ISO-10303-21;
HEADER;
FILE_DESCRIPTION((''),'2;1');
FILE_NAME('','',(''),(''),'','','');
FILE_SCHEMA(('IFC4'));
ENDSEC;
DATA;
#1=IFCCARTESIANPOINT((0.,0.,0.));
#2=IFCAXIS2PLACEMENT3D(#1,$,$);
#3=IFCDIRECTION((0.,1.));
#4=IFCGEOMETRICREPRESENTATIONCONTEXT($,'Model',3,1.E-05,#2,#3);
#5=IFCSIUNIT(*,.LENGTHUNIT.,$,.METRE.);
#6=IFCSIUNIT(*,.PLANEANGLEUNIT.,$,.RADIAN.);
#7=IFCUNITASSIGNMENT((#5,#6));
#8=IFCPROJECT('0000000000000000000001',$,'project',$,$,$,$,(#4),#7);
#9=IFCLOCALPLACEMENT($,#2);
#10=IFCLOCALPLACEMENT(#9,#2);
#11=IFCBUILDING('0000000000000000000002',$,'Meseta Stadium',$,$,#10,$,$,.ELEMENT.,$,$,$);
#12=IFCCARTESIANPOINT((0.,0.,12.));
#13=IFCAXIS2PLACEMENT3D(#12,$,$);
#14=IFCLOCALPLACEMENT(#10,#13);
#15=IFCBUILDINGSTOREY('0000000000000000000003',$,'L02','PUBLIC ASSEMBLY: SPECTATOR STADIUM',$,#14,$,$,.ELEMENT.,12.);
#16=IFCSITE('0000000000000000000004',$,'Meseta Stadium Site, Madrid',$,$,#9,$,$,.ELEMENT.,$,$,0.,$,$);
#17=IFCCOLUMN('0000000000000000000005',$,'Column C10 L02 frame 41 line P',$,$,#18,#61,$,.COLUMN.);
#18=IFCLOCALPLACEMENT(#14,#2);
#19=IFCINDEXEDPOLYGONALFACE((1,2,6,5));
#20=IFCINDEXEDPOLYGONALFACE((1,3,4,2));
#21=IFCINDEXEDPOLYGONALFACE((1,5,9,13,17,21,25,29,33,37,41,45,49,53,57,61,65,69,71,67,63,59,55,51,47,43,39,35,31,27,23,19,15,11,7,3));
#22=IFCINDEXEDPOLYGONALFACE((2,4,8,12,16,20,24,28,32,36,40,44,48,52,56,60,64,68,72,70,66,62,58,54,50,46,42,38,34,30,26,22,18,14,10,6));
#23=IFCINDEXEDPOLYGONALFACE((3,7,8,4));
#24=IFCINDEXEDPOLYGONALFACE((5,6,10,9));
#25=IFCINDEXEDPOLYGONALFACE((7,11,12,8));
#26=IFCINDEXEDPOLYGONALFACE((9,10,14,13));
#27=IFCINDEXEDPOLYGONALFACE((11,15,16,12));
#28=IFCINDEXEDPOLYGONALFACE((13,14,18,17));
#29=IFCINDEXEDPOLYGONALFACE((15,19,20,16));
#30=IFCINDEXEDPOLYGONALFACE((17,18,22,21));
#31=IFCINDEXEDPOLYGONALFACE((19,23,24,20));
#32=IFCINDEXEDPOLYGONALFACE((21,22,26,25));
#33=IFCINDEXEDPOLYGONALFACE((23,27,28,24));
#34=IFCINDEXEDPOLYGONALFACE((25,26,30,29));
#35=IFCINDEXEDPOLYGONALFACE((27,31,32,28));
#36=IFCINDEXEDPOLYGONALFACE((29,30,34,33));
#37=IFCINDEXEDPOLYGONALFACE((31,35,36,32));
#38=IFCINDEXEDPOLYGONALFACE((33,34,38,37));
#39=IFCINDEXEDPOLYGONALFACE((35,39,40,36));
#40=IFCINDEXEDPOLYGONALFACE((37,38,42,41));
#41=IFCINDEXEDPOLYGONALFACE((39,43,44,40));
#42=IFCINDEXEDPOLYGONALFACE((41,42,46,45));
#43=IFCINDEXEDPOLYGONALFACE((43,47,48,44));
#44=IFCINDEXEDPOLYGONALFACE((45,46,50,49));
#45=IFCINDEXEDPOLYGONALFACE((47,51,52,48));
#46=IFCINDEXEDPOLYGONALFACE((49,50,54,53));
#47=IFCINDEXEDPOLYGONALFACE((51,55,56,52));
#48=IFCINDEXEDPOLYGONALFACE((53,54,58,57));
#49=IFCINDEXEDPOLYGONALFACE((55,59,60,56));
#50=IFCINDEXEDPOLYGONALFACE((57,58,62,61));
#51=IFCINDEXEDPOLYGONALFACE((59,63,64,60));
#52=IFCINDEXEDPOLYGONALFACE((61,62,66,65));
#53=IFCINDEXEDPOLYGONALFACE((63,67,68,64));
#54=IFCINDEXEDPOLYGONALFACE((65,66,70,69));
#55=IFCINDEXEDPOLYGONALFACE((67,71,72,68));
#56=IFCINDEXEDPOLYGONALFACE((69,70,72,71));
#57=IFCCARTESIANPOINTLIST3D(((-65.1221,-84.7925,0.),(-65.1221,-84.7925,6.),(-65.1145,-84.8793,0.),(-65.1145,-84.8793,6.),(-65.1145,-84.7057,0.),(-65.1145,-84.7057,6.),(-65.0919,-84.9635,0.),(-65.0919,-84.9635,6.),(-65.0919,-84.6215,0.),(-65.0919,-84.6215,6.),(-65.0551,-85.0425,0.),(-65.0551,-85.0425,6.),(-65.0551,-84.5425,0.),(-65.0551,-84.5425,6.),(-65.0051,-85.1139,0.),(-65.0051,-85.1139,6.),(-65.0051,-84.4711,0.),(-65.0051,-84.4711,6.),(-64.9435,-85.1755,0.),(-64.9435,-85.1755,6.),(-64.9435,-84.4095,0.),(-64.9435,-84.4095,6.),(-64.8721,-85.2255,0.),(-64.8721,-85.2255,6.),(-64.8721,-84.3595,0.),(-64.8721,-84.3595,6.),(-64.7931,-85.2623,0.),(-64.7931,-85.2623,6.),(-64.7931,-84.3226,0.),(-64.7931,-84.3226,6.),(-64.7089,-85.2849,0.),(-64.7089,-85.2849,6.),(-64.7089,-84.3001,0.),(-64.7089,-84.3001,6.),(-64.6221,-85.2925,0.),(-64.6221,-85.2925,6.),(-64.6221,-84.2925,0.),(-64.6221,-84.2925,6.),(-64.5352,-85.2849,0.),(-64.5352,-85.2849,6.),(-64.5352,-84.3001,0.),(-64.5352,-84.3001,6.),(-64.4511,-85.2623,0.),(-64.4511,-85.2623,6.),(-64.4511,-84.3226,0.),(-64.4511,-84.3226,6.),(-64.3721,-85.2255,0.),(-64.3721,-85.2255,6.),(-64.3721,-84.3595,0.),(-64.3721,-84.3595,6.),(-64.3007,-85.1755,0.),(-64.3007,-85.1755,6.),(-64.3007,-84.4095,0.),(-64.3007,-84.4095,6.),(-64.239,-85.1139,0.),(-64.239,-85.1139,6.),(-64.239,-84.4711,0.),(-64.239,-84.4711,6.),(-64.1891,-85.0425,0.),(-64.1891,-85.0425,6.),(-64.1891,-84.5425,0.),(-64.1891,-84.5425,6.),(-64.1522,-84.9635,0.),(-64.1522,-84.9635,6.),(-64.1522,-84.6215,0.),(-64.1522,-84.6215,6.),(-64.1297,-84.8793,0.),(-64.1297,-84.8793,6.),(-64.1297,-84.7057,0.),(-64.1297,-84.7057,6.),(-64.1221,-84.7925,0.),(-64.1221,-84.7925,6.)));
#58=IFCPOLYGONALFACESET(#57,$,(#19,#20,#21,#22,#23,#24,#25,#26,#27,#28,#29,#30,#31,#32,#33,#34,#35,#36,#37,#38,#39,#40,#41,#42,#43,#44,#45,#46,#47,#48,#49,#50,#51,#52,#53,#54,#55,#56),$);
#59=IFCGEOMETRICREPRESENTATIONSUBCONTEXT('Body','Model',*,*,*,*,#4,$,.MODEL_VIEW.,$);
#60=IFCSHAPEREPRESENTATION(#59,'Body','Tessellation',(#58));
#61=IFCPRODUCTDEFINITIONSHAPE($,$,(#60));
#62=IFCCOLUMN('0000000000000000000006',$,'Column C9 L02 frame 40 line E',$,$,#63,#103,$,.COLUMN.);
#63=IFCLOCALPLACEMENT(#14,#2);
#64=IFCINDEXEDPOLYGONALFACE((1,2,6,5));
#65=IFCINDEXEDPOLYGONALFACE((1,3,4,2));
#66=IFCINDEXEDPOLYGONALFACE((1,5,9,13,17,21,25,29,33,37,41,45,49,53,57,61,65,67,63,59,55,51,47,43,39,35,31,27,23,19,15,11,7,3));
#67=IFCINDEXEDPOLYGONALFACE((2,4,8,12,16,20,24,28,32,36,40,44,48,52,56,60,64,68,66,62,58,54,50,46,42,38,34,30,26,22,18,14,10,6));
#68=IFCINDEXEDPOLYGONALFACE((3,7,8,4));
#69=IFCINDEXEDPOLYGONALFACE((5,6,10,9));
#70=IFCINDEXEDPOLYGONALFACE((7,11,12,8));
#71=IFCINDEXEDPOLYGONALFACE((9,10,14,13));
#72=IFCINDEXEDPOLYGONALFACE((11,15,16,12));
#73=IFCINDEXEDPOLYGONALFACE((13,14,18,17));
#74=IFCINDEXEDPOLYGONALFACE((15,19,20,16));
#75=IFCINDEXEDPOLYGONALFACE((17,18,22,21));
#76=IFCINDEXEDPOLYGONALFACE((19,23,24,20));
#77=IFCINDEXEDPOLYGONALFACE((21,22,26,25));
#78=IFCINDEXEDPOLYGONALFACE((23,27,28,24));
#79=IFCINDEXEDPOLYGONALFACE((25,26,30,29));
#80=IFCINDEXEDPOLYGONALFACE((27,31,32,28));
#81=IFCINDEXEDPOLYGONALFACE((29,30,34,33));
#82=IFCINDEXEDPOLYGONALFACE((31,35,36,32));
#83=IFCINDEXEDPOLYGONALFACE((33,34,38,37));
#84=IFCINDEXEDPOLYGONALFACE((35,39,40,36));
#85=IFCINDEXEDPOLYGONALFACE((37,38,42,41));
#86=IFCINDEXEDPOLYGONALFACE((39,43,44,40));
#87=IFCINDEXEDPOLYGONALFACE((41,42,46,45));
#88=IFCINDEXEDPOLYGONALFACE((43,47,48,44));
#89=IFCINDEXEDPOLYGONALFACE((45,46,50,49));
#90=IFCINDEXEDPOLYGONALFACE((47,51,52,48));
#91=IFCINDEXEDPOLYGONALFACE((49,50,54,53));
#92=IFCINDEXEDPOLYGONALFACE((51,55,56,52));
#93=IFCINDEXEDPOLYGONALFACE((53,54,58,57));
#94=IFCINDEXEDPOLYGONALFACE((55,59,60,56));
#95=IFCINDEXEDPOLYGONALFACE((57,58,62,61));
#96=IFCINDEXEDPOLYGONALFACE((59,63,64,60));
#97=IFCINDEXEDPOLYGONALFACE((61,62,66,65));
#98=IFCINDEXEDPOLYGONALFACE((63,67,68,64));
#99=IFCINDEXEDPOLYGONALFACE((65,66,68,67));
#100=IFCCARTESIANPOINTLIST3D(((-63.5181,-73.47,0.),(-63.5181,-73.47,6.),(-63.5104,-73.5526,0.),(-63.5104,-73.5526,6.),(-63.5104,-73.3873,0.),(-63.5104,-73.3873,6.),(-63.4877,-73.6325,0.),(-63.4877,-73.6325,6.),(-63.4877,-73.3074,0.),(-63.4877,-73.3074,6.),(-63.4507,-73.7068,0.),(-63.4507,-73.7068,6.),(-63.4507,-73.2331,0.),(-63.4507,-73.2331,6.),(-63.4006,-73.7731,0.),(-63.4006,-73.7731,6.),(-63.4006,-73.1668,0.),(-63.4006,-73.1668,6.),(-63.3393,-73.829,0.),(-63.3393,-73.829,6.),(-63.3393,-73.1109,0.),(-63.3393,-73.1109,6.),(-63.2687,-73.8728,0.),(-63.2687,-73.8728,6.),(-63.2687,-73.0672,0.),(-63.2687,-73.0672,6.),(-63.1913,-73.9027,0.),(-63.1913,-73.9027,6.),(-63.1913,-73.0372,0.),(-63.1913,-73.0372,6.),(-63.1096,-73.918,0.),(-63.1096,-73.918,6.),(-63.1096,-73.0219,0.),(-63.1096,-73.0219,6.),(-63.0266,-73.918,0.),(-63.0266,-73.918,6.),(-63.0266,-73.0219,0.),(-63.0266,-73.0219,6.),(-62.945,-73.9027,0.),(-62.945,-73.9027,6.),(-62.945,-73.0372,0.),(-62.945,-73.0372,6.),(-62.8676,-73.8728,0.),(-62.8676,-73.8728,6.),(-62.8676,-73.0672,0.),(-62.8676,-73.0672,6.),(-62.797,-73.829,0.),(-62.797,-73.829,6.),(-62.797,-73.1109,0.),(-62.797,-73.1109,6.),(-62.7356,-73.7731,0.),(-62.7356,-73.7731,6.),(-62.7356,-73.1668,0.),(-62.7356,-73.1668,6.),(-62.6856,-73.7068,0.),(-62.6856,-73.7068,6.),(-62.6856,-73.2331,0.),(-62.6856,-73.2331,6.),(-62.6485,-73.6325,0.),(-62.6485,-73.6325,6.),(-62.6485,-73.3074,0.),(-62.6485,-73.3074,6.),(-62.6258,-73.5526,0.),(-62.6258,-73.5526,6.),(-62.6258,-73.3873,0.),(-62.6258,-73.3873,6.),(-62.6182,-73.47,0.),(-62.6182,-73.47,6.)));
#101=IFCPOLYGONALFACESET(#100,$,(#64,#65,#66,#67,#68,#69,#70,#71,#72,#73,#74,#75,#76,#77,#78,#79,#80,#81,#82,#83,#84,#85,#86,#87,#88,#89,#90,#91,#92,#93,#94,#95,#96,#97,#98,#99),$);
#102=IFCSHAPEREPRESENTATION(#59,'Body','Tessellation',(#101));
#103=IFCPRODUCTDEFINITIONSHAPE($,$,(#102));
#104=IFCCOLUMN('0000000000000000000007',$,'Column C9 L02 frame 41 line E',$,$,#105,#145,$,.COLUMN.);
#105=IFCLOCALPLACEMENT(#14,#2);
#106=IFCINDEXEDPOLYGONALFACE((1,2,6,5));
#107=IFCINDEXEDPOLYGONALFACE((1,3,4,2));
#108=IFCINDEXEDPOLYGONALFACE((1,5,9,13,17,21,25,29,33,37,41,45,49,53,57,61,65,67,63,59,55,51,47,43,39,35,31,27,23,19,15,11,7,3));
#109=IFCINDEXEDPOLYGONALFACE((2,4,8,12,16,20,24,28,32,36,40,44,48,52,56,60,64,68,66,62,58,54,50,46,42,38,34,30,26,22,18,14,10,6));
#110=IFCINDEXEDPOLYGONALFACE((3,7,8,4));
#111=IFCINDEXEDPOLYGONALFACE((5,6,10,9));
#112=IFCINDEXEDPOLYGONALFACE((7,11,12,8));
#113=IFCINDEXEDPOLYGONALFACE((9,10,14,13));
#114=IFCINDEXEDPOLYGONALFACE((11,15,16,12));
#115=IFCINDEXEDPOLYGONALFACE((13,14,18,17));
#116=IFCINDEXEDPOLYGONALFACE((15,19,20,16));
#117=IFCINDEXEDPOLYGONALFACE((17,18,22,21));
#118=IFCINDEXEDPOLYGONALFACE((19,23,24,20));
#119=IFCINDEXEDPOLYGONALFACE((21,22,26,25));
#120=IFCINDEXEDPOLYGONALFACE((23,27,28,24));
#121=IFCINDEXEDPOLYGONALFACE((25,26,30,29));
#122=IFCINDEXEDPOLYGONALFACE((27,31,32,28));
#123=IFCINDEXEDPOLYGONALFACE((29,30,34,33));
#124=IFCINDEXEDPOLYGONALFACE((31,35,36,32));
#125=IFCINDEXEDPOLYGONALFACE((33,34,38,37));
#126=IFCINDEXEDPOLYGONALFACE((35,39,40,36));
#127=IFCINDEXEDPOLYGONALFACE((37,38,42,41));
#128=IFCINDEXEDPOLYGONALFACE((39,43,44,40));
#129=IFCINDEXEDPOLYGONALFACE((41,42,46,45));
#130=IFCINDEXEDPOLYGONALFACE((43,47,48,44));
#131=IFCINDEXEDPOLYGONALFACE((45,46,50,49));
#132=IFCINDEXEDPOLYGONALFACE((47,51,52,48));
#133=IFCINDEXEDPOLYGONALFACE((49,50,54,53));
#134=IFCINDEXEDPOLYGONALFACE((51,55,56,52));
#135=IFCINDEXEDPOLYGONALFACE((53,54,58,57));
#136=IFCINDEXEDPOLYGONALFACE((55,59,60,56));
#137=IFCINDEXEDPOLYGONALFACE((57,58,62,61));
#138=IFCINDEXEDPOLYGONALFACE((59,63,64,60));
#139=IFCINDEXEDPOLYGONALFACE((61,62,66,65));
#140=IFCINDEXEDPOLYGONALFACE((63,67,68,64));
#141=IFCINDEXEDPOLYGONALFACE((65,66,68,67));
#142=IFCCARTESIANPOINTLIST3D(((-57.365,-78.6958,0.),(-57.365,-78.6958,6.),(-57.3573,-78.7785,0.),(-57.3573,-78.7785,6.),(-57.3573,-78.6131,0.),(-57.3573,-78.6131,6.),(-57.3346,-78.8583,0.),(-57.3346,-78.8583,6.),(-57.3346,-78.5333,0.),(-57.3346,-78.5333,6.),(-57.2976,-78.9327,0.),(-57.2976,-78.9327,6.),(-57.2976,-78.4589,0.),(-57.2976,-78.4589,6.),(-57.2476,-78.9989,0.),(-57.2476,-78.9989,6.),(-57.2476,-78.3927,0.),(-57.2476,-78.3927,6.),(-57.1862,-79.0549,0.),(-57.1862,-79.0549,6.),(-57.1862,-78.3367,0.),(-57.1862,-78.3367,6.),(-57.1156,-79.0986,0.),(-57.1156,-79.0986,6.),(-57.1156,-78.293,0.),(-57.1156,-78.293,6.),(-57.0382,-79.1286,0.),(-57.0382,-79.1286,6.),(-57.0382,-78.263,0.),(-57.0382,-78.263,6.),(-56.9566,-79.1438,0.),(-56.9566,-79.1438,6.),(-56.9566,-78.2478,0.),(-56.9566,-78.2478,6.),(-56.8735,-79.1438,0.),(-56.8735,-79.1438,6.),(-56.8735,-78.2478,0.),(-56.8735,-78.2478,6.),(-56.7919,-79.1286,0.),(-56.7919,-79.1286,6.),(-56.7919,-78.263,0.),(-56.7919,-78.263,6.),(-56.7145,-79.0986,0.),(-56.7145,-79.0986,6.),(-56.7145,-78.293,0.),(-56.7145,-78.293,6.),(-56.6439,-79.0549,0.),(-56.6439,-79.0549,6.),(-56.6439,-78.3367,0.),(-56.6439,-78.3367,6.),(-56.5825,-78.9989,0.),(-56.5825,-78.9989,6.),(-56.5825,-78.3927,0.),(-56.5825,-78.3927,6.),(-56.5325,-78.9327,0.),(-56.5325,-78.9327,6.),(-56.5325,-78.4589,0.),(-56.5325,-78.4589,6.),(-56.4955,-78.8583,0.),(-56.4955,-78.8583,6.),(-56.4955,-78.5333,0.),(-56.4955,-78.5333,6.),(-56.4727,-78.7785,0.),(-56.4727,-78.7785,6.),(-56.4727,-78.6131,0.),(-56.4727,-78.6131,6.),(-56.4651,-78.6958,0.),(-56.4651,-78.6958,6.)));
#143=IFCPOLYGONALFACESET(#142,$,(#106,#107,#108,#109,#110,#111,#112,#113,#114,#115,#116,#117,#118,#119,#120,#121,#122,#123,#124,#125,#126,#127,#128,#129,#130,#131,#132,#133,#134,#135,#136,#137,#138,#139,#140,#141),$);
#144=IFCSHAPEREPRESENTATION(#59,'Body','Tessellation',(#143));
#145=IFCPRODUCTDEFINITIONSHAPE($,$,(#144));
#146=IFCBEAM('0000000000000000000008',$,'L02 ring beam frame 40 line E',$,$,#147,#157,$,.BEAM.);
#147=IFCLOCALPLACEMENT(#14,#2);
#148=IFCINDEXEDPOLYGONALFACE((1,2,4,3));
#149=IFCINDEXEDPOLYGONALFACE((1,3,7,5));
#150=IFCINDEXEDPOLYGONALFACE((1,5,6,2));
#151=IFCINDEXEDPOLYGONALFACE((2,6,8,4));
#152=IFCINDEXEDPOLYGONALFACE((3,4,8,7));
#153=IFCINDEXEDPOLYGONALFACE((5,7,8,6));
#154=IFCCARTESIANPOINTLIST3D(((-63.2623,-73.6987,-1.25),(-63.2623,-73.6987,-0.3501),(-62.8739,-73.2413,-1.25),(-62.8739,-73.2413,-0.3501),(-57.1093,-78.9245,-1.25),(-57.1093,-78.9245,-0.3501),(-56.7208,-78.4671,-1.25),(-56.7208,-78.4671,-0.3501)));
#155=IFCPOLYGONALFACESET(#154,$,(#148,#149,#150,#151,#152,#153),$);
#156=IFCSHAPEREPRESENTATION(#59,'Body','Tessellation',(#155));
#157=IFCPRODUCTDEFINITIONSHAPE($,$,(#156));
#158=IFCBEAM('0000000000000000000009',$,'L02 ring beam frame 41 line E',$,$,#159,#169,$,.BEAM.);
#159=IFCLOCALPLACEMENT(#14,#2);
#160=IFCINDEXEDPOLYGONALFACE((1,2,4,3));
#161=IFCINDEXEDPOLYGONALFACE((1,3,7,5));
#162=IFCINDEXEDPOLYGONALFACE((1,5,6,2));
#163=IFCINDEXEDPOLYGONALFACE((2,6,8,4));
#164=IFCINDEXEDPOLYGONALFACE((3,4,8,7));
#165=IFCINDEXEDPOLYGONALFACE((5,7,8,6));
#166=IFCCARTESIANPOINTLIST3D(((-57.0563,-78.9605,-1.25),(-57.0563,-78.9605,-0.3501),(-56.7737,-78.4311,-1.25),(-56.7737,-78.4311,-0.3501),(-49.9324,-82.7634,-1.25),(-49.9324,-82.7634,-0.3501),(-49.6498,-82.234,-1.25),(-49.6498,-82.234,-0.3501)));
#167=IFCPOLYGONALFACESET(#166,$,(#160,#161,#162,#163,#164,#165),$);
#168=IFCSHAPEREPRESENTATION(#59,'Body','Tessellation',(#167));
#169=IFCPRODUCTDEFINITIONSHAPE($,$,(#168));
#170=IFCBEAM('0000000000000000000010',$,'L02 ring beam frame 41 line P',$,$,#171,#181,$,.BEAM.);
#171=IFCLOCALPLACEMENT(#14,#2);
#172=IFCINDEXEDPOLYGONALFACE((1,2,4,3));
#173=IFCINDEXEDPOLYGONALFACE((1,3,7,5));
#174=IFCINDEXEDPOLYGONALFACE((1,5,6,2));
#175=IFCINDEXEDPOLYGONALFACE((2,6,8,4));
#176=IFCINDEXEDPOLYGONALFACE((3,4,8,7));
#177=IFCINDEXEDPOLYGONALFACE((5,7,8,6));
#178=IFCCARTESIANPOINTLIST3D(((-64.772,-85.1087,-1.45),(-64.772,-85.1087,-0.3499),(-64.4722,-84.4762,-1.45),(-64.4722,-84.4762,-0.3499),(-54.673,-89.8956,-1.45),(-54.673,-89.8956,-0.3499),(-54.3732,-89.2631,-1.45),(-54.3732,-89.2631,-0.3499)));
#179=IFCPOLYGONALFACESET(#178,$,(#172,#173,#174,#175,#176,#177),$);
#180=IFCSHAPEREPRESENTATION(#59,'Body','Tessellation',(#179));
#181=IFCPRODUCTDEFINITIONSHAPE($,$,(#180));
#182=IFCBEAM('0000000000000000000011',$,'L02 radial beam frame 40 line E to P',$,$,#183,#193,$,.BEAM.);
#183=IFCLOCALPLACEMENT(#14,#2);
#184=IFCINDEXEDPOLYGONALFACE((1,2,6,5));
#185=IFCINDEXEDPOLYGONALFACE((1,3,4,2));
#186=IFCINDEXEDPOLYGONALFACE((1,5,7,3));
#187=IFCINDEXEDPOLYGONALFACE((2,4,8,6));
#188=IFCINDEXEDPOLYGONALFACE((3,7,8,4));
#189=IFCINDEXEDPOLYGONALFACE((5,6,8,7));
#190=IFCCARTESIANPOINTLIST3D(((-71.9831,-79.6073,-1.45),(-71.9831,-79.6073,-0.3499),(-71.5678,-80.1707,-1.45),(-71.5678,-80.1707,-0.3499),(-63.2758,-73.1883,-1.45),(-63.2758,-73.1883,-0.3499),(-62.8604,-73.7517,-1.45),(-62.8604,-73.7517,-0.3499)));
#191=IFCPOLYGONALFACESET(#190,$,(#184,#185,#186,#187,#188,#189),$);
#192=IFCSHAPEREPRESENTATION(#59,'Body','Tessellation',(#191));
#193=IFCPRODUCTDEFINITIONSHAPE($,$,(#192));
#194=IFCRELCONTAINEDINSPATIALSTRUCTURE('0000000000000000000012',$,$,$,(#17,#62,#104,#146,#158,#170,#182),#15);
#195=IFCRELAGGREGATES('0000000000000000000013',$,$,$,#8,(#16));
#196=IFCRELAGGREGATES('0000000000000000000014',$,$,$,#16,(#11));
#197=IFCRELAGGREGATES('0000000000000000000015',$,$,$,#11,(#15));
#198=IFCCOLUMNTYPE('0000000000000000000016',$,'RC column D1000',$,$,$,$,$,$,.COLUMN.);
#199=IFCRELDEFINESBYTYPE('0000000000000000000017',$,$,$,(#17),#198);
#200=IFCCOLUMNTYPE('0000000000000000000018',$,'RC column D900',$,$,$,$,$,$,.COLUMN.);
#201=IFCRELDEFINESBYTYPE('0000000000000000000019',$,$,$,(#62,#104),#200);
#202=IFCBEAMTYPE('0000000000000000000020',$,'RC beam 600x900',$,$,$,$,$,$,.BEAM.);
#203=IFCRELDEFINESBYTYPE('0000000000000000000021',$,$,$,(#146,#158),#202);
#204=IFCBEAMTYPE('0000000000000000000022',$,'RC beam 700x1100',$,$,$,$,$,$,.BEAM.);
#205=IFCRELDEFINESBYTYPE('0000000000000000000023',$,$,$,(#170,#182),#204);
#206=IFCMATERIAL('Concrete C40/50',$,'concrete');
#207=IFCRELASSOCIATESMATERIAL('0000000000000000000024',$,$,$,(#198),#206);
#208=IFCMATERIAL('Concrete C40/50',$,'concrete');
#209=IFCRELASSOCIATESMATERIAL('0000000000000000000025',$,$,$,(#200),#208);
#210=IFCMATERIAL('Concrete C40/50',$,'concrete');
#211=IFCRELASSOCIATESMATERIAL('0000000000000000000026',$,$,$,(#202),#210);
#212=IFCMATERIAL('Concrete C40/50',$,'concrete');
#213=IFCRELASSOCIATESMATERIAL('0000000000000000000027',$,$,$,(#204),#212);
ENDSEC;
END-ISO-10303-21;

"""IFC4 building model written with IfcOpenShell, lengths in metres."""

from ifc_helpers import new_model, si_unit, direction, frame, origin, origin_2d, place, context, subcontext, project, spatial, rectangle, circle, extrude, material, material_profile, profile_set, type_object, element, save


model = new_model("IFC4")

# Units and contexts
model_context = context("Model", 3, precision=1e-05, world=origin(), true_north=direction((0.0, 1.0)))
body_context = subcontext(model_context, "Body", "Model", "MODEL_VIEW")
ifc_project = project(units=[si_unit("LENGTHUNIT", "METRE"), si_unit("PLANEANGLEUNIT", "RADIAN")], contexts=[model_context])

# Site, building, storey
site_placement = place(None, origin())
site = spatial("IfcSite", under=ifc_project, at=site_placement, Name="Meseta Stadium Site, Madrid", CompositionType="ELEMENT", RefElevation=0.0)
building_placement = place(site_placement, origin())
building = spatial("IfcBuilding", under=site, at=building_placement, Name="Meseta Stadium", CompositionType="ELEMENT")
storey_placement = place(building_placement, frame((0.0, 0.0, 12.0)))
storey = spatial("IfcBuildingStorey", under=building, at=storey_placement, Name="L02", Description="PUBLIC ASSEMBLY: SPECTATOR STADIUM", CompositionType="ELEMENT", Elevation=12.0)

# Columns
ifc_material_1 = material(Name="Concrete C40/50", Category="concrete")
ifc_material_profile_1 = material_profile(ifc_material_1, circle(Radius=0.5, at=origin_2d()), Name="RC D1000")
ifc_profile_set_1 = profile_set([ifc_material_profile_1], Name="Concrete C40/50")
column_type_1 = type_object("IfcColumnType", Name="RC column D1000", PredefinedType="COLUMN", material=ifc_profile_set_1)
column_placement = place(storey_placement, frame((-64.6221, -84.7925, 0.0), z_axis=(0.0, 0.0, 1.0), x_axis=(1.0, 0.0, 0.0)))
element("IfcColumn", 1, at=column_placement, inside=storey, type_object=column_type_1, Name="Column C10 L02 frame 41 line P", PredefinedType="COLUMN", context=body_context, shape_type="SweptSolid", body=[
    extrude(circle(Radius=0.5, at=origin_2d()), origin(), (0.0, 0.0, 1.0), 6.0),
])
ifc_material_2 = material(Name="Concrete C40/50", Category="concrete")
ifc_material_profile_2 = material_profile(ifc_material_2, circle(Radius=0.45, at=origin_2d()), Name="RC D900")
ifc_profile_set_2 = profile_set([ifc_material_profile_2], Name="Concrete C40/50")
column_type_2 = type_object("IfcColumnType", Name="RC column D900", PredefinedType="COLUMN", material=ifc_profile_set_2)
for number, where, z_axis, x_axis, name in (
    (2, (-63.0681, -73.47, 0.0), (0.0, 0.0, 1.0), (1.0, 0.0, 0.0), "Column C9 L02 frame 40 line E"),
    (3, (-56.915, -78.6958, 0.0), (0.0, 0.0, 1.0), (1.0, 0.0, 0.0), "Column C9 L02 frame 41 line E"),
):
    element("IfcColumn", number, at=place(storey_placement, frame(where, z_axis=z_axis, x_axis=x_axis)), inside=storey, type_object=column_type_2, Name=name, PredefinedType="COLUMN", context=body_context, shape_type="SweptSolid", body=[
        extrude(circle(Radius=0.45, at=origin_2d()), origin(), (0.0, 0.0, 1.0), 6.0),
    ])

# Beams
ifc_material_3 = material(Name="Concrete C40/50", Category="concrete")
ifc_material_profile_3 = material_profile(ifc_material_3, rectangle(XDim=0.6001, YDim=0.8999, at=origin_2d()), Name="RC 600x900")
ifc_profile_set_3 = profile_set([ifc_material_profile_3], Name="Concrete C40/50")
beam_type_1 = type_object("IfcBeamType", Name="RC beam 600x900", PredefinedType="BEAM", material=ifc_profile_set_3)
beam_1_placement = place(storey_placement, frame((-63.0681, -73.47, -0.8), z_axis=(0.762201, -0.64734, 0.0), x_axis=(0.64734, 0.762201, 0.0)))
element("IfcBeam", 4, at=beam_1_placement, inside=storey, type_object=beam_type_1, Name="L02 ring beam frame 40 line E", PredefinedType="BEAM", context=body_context, shape_type="SweptSolid", body=[
    extrude(rectangle(XDim=0.6001, YDim=0.8999, at=origin_2d()), origin(), (0.0, 0.0, 1.0), 8.0728),
])
beam_2_placement = place(storey_placement, frame((-56.915, -78.6958, -0.8), z_axis=(0.882173, -0.470926, 0.0), x_axis=(0.470926, 0.882173, 0.0)))
element("IfcBeam", 5, at=beam_2_placement, inside=storey, type_object=beam_type_1, Name="L02 ring beam frame 41 line E", PredefinedType="BEAM", context=body_context, shape_type="SweptSolid", body=[
    extrude(rectangle(XDim=0.6001, YDim=0.8999, at=origin_2d()), origin(), (0.0, 0.0, 1.0), 8.0754),
])
ifc_material_4 = material(Name="Concrete C40/50", Category="concrete")
ifc_material_profile_4 = material_profile(ifc_material_4, rectangle(XDim=0.7, YDim=1.1001, at=origin_2d()), Name="RC 700x1100")
ifc_profile_set_4 = profile_set([ifc_material_profile_4], Name="Concrete C40/50")
beam_type_2 = type_object("IfcBeamType", Name="RC beam 700x1100", PredefinedType="BEAM", material=ifc_profile_set_4)
beam_3_placement = place(storey_placement, frame((-64.6221, -84.7925, -0.8999), z_axis=(0.903627, -0.428319, 0.0), x_axis=(0.428319, 0.903627, 0.0)))
element("IfcBeam", 6, at=beam_3_placement, inside=storey, type_object=beam_type_2, Name="L02 ring beam frame 41 line P", PredefinedType="BEAM", context=body_context, shape_type="SweptSolid", body=[
    extrude(rectangle(XDim=0.7, YDim=1.1001, at=origin_2d()), origin(), (0.0, 0.0, 1.0), 11.176),
])
beam_4_placement = place(storey_placement, frame((-63.0681, -73.47, -0.8999), z_axis=(-0.804921, -0.593382, 0.0), x_axis=(0.593382, -0.804921, 0.0)))
element("IfcBeam", 7, at=beam_4_placement, inside=storey, type_object=beam_type_2, Name="L02 radial beam frame 40 line E to P", PredefinedType="BEAM", context=body_context, shape_type="SweptSolid", body=[
    extrude(rectangle(XDim=0.7, YDim=1.1001, at=origin_2d()), origin(), (0.0, 0.0, 1.0), 10.8176),
])

save(model, "model.ifc")
